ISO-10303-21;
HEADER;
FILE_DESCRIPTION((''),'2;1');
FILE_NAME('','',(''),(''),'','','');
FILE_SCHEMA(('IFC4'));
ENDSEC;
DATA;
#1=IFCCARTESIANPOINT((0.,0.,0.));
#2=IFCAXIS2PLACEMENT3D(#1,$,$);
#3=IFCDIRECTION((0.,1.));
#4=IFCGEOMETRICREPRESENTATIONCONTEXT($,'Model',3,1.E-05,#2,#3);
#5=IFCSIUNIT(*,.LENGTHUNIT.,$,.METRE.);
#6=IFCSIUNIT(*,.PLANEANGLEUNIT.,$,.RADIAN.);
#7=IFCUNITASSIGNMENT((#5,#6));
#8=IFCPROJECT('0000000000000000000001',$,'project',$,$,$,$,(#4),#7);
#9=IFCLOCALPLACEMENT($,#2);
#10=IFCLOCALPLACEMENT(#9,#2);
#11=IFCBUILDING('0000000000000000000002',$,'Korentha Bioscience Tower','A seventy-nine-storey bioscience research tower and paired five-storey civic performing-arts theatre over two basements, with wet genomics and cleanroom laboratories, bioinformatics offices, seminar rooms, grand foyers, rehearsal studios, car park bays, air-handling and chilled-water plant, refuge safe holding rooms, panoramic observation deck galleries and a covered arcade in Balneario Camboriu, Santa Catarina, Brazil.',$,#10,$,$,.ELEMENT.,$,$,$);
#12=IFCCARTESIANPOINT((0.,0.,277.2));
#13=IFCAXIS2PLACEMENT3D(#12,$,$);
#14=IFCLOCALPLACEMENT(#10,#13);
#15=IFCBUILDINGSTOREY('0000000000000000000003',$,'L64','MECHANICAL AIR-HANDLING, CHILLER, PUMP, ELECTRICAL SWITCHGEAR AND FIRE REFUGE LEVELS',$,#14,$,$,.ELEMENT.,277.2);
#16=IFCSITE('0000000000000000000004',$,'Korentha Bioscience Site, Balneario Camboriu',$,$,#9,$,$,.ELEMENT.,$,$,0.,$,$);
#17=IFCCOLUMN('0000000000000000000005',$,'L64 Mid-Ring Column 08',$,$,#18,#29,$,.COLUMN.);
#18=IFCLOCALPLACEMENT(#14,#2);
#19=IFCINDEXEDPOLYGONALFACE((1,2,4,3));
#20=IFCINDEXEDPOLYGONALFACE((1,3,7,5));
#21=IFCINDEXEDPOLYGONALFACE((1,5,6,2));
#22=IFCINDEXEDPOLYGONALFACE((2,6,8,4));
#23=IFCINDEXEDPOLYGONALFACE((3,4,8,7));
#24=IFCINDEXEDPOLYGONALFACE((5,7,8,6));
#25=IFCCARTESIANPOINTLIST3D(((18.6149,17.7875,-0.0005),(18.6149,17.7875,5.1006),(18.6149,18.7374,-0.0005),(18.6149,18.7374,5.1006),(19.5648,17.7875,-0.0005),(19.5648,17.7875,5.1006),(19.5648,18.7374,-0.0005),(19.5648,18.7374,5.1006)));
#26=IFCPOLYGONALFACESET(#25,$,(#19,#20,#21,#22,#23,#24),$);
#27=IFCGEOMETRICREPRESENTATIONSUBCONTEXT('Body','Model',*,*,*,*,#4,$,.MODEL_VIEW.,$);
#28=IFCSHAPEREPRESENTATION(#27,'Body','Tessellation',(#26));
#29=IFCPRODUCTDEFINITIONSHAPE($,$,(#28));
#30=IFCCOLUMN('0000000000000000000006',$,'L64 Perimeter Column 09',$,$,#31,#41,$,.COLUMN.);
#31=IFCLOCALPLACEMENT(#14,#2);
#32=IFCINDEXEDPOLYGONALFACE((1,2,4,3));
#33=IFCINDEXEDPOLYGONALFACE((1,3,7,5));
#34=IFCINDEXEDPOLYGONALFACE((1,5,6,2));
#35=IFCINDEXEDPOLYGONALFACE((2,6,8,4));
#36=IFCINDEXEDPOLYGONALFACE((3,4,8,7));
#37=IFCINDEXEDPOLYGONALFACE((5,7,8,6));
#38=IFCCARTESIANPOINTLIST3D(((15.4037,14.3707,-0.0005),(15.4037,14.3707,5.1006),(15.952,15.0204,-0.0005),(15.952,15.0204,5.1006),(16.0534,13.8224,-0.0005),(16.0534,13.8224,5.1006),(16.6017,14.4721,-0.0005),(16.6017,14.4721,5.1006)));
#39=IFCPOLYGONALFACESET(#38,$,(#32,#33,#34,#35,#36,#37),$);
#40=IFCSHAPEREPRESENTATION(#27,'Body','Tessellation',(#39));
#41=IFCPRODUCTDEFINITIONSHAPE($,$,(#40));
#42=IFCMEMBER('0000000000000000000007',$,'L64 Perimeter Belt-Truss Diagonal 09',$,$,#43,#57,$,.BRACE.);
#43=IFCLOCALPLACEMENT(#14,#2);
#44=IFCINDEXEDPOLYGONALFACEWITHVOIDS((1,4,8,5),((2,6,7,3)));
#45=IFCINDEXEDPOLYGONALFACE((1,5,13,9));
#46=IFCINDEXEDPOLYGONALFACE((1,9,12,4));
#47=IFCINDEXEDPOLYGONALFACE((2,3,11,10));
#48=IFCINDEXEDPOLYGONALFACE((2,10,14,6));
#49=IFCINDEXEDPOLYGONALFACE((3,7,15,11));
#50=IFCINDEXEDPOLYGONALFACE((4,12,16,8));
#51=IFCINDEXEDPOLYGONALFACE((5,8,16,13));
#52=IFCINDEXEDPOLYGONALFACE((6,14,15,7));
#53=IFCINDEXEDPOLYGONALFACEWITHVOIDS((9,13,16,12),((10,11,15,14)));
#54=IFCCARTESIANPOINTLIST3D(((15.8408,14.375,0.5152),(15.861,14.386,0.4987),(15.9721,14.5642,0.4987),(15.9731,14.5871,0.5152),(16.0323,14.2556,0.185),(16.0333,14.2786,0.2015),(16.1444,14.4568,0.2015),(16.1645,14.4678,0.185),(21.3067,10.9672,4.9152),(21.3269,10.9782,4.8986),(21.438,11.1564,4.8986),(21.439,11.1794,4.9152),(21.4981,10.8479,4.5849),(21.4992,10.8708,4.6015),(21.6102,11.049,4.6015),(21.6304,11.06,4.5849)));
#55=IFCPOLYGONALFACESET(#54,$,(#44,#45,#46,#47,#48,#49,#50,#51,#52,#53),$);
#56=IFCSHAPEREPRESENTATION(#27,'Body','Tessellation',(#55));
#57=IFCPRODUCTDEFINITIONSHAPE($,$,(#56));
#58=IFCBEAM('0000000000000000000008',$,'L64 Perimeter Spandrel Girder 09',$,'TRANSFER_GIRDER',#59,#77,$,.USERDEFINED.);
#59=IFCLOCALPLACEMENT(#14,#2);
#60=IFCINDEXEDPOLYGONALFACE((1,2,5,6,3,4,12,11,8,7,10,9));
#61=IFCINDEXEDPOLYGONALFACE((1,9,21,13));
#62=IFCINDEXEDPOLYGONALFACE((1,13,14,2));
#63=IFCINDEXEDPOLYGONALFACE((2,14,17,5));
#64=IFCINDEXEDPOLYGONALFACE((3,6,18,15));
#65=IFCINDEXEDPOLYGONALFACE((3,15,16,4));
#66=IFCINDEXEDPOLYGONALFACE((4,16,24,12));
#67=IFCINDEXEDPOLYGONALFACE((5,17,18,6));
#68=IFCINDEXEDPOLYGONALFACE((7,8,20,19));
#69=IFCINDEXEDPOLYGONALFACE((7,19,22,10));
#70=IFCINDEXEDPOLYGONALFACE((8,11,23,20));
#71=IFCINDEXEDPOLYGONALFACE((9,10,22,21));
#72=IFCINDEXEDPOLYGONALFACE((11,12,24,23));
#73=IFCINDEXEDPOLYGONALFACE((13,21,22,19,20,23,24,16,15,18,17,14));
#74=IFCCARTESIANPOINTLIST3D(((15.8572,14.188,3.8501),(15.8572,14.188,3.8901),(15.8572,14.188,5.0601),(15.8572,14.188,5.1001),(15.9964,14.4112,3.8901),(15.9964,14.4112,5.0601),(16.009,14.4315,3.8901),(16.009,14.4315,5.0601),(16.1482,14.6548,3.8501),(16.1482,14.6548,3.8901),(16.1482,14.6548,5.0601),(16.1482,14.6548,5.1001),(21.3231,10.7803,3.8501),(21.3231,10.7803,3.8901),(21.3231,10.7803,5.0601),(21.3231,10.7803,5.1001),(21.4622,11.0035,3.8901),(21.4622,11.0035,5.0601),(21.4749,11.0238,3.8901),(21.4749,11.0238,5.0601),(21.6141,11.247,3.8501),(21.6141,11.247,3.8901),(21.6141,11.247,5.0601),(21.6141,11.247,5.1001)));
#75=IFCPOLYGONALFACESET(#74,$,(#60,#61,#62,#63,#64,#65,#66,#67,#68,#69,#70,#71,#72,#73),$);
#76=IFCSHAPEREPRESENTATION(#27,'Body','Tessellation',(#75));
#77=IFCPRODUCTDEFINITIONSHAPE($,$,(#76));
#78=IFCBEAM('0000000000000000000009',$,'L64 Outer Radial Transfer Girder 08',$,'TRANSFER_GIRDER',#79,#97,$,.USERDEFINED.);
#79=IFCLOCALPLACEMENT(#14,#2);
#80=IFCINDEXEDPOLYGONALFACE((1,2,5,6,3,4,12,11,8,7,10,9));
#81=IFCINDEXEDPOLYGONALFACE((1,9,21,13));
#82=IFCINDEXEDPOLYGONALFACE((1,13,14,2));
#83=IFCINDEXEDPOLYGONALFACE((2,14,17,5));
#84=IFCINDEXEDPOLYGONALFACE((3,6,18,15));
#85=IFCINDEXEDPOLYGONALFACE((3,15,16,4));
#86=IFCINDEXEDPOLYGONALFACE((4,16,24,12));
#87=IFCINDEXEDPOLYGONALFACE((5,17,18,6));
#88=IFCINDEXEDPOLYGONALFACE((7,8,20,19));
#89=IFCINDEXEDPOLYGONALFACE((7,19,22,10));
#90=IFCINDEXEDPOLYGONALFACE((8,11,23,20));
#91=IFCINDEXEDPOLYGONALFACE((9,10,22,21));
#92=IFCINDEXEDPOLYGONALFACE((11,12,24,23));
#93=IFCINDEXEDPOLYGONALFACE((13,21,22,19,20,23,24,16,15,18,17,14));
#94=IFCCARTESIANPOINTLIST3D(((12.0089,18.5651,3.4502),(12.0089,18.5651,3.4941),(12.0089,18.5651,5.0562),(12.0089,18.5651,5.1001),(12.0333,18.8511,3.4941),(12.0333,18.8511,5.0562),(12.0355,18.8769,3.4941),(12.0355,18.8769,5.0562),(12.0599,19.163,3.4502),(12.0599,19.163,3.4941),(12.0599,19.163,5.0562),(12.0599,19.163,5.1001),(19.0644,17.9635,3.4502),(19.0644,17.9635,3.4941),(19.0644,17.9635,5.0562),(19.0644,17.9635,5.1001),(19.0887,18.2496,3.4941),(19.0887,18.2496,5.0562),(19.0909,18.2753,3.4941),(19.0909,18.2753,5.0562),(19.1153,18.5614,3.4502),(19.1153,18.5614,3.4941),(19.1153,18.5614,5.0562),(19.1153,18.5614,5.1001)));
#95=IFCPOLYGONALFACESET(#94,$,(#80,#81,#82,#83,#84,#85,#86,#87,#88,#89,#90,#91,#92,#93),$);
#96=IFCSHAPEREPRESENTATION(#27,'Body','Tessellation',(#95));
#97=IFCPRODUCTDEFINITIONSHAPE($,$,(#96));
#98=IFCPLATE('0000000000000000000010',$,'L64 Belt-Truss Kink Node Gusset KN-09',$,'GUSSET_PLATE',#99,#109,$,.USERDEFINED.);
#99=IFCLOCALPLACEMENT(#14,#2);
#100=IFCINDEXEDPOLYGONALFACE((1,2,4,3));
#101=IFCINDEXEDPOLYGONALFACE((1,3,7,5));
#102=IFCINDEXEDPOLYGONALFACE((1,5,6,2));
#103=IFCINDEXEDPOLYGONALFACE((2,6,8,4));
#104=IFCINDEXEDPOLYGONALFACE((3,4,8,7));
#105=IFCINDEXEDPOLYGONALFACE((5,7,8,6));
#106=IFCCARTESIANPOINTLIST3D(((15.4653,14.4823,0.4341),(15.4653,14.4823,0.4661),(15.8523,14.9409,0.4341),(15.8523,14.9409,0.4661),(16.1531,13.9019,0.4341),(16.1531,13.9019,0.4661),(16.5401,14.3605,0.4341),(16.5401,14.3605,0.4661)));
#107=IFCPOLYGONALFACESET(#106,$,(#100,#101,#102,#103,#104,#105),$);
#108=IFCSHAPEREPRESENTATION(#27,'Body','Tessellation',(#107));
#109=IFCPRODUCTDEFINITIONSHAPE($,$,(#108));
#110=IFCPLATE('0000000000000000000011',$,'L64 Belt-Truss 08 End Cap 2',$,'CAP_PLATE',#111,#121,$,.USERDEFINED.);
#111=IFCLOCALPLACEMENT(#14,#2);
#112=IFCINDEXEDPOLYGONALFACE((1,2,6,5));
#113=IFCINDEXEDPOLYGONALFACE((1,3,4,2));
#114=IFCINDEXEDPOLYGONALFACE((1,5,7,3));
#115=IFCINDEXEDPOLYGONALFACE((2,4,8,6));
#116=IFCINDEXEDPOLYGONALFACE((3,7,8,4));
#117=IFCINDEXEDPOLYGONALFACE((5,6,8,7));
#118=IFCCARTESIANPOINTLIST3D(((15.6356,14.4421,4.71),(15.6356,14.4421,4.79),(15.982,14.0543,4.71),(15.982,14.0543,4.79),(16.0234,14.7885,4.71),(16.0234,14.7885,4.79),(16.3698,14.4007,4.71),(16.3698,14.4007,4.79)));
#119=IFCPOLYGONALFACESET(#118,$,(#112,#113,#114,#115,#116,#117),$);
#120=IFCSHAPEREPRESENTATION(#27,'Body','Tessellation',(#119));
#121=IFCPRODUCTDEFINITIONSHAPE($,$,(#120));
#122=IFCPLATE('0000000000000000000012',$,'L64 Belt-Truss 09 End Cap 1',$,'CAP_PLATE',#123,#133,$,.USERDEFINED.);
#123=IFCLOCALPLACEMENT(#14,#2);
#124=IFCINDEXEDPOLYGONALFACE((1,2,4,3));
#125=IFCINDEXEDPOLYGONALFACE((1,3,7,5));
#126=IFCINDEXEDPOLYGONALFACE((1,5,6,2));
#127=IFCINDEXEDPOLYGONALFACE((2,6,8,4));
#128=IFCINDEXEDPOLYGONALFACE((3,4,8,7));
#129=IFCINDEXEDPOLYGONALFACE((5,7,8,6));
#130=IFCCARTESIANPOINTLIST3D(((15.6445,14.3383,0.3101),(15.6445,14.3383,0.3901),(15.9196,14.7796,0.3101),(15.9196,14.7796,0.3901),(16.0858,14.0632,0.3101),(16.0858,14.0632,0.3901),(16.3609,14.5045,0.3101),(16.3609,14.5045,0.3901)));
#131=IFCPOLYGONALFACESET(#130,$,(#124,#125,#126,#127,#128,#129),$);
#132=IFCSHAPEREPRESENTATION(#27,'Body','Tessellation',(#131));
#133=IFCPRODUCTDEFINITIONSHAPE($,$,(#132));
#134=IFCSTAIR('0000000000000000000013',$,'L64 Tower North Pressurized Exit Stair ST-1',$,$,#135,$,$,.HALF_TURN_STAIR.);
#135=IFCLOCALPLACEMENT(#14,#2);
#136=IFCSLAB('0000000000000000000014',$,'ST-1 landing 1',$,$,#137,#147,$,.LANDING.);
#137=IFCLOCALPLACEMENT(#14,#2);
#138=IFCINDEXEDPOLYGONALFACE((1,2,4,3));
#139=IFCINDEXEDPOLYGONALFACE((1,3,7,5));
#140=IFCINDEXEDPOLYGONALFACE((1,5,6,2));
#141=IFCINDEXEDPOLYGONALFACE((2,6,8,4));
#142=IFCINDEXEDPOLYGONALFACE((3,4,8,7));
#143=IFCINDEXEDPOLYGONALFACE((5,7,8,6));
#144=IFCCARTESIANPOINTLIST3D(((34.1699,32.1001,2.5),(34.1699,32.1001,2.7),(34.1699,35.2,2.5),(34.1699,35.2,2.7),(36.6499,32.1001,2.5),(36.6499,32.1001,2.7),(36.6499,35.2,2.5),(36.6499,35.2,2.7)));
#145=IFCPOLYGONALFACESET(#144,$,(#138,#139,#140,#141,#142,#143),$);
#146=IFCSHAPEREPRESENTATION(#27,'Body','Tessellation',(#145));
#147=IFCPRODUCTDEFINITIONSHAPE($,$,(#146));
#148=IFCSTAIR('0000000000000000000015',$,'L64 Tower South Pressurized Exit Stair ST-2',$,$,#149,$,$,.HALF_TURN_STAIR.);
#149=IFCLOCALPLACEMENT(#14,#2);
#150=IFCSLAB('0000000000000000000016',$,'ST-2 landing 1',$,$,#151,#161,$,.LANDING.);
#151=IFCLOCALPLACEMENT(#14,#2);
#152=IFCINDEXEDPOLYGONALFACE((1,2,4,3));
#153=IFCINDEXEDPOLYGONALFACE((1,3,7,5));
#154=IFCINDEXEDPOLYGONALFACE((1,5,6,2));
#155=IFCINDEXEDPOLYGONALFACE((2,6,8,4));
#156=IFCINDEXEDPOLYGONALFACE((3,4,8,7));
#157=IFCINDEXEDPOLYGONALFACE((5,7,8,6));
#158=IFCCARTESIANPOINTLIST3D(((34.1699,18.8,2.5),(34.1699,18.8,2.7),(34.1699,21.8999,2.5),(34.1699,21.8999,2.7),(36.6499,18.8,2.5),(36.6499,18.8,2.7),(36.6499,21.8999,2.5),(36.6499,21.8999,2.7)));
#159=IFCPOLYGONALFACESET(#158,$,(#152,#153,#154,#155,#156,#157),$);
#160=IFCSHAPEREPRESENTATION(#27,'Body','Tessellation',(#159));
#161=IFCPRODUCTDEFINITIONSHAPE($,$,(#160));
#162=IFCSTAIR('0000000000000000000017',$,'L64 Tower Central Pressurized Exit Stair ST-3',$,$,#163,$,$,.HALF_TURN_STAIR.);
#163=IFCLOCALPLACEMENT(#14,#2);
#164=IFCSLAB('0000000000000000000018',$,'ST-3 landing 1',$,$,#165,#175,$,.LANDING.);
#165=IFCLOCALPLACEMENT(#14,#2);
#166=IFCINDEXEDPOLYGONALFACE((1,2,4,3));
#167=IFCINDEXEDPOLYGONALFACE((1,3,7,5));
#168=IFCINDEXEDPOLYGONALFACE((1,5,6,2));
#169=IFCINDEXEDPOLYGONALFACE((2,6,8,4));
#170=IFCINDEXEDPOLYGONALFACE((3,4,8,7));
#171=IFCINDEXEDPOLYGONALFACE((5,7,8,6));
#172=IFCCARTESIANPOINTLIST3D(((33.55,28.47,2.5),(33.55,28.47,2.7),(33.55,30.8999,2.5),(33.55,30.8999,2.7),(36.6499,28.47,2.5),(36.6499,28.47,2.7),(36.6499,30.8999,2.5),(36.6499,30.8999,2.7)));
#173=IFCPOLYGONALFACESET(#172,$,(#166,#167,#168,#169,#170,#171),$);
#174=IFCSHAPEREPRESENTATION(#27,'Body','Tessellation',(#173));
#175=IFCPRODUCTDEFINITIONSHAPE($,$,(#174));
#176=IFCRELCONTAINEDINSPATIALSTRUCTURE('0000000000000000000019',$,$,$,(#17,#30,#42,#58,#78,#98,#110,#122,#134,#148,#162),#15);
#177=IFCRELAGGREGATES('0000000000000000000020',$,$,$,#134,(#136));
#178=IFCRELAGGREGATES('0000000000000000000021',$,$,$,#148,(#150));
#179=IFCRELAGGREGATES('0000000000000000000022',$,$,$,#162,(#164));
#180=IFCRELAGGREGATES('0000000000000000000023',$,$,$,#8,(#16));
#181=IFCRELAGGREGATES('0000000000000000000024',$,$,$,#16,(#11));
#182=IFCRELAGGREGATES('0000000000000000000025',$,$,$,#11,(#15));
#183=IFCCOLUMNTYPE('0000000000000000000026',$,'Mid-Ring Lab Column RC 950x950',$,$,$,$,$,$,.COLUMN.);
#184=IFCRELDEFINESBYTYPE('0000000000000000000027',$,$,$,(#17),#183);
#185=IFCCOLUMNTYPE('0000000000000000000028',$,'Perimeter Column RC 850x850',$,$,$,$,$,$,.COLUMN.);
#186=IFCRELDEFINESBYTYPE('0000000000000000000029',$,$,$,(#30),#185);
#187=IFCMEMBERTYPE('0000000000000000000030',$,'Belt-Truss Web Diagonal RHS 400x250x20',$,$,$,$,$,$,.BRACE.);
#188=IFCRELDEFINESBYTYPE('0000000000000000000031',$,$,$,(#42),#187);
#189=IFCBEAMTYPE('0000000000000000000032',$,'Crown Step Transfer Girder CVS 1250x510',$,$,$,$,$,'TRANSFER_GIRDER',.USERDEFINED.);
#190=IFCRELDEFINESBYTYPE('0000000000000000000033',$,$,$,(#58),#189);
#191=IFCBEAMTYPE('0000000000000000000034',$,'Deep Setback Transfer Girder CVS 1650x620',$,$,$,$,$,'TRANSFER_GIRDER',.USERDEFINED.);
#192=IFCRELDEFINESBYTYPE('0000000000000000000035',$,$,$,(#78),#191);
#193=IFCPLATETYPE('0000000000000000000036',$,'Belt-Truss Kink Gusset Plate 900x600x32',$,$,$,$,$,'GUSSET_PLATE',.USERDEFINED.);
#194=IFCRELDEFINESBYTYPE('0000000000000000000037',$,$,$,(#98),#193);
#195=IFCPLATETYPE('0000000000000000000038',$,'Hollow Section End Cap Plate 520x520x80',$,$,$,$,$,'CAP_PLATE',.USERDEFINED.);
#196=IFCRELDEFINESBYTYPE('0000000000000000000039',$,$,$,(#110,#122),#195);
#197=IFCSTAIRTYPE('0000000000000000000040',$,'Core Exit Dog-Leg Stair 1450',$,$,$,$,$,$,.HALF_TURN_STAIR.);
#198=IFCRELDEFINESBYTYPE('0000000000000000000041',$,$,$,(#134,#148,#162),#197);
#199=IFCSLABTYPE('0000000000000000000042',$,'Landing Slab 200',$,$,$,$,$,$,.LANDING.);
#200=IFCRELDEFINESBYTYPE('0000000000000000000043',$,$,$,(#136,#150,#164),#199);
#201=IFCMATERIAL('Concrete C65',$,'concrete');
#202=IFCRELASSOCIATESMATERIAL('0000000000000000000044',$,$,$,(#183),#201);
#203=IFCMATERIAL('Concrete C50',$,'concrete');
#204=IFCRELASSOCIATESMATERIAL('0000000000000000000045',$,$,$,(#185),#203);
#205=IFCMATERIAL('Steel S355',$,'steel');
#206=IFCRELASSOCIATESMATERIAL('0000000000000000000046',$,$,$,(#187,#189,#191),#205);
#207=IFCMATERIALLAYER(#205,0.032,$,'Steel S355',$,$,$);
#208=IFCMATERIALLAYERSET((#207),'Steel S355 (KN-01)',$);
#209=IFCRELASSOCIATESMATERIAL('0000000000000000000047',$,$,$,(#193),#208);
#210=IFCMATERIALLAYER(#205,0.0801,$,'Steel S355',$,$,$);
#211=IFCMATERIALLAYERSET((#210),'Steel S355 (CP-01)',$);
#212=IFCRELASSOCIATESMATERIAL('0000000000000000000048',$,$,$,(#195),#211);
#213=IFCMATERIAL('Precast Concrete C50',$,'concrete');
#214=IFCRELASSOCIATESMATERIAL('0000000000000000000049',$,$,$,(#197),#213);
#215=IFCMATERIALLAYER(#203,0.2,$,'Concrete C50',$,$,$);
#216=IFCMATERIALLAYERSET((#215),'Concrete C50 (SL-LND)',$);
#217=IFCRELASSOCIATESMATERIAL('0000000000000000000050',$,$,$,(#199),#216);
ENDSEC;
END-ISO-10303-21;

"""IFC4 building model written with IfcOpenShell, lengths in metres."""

from ifc_helpers import new_model, si_unit, direction, frame, origin, origin_2d, place, context, subcontext, project, spatial, polyline, rectangle, hollow_rectangle, i_section, outline, extrude, material, layer, layer_set, material_profile, profile_set, type_object, element, aggregate, save


model = new_model("IFC4")

# Units and contexts
model_context = context("Model", 3, precision=1e-05, world=origin(), true_north=direction((0.0, 1.0)))
body_context = subcontext(model_context, "Body", "Model", "MODEL_VIEW")
ifc_project = project(units=[si_unit("LENGTHUNIT", "METRE"), si_unit("PLANEANGLEUNIT", "RADIAN")], contexts=[model_context])

# Site, building, storey
site_placement = place(None, origin())
site = spatial("IfcSite", under=ifc_project, at=site_placement, Name="Korentha Bioscience Site, Balneario Camboriu", CompositionType="ELEMENT", RefElevation=0.0)
building_placement = place(site_placement, origin())
building = spatial("IfcBuilding", under=site, at=building_placement, Name="Korentha Bioscience Tower", Description="A seventy-nine-storey bioscience research tower and paired five-storey civic performing-arts theatre over two basements, with wet genomics and cleanroom laboratories, bioinformatics offices, seminar rooms, grand foyers, rehearsal studios, car park bays, air-handling and chilled-water plant, refuge safe holding rooms, panoramic observation deck galleries and a covered arcade in Balneario Camboriu, Santa Catarina, Brazil.", CompositionType="ELEMENT")
storey_placement = place(building_placement, frame((0.0, 0.0, 277.2)))
storey = spatial("IfcBuildingStorey", under=building, at=storey_placement, Name="L64", Description="MECHANICAL AIR-HANDLING, CHILLER, PUMP, ELECTRICAL SWITCHGEAR AND FIRE REFUGE LEVELS", CompositionType="ELEMENT", Elevation=277.2)

# Columns
ifc_material_1 = material(Name="Concrete C65", Category="concrete")
ifc_material_profile_1 = material_profile(ifc_material_1, rectangle(XDim=0.95, YDim=0.95, at=origin_2d()), Name="Concrete C65")
ifc_profile_set_1 = profile_set([ifc_material_profile_1], Name="Concrete C65 (COL-MR09)")
column_type_1 = type_object("IfcColumnType", Name="Mid-Ring Lab Column RC 950x950", PredefinedType="COLUMN", material=ifc_profile_set_1)
column_1_placement = place(storey_placement, frame((19.0898, 18.2625, -0.0005), z_axis=(0.0, 0.0, 1.0), x_axis=(1.0, 0.0, 0.0)))
element("IfcColumn", 1, at=column_1_placement, inside=storey, type_object=column_type_1, Name="L64 Mid-Ring Column 08", PredefinedType="COLUMN", context=body_context, shape_type="SweptSolid", body=[
    extrude(rectangle(XDim=0.95, YDim=0.95, at=origin_2d()), origin(), (0.0, 0.0, 1.0), 5.1011),
])
ifc_material_2 = material(Name="Concrete C50", Category="concrete")
ifc_material_profile_2 = material_profile(ifc_material_2, rectangle(XDim=0.8501, YDim=0.8501, at=origin_2d()), Name="Concrete C50")
ifc_profile_set_2 = profile_set([ifc_material_profile_2], Name="Concrete C50 (COL-P08)")
column_type_2 = type_object("IfcColumnType", Name="Perimeter Column RC 850x850", PredefinedType="COLUMN", material=ifc_profile_set_2)
column_2_placement = place(storey_placement, frame((16.0027, 14.4214, -0.0005), z_axis=(0.0, 0.0, 1.0), x_axis=(-0.764246, 0.644924, 0.0)))
element("IfcColumn", 2, at=column_2_placement, inside=storey, type_object=column_type_2, Name="L64 Perimeter Column 09", PredefinedType="COLUMN", context=body_context, shape_type="SweptSolid", body=[
    extrude(rectangle(XDim=0.8501, YDim=0.8501, at=origin_2d()), origin(), (0.0, 0.0, 1.0), 5.1011),
])

# Member
ifc_material_3 = material(Name="Steel S355", Category="steel")
ifc_material_profile_3 = material_profile(ifc_material_3, hollow_rectangle(XDim=0.25, YDim=0.3999, WallThickness=0.02, at=origin_2d()), Name="Steel S355")
ifc_profile_set_3 = profile_set([ifc_material_profile_3], Name="Steel S355 (BT-D400)")
member_type = type_object("IfcMemberType", Name="Belt-Truss Web Diagonal RHS 400x250x20", PredefinedType="BRACE", material=ifc_profile_set_3)
member_placement = place(storey_placement, frame((16.0027, 14.4214, 0.3501), z_axis=(0.700707, -0.436862, 0.564058), x_axis=(0.529058, 0.848586, 0.0)))
element("IfcMember", 3, at=member_placement, inside=storey, type_object=member_type, Name="L64 Perimeter Belt-Truss Diagonal 09", PredefinedType="BRACE", context=body_context, shape_type="SweptSolid", body=[
    extrude(hollow_rectangle(XDim=0.25, YDim=0.3999, WallThickness=0.02, at=origin_2d()), origin(), (0.0, 0.0, 1.0), 7.8005),
])

# Beams
ifc_material_profile_4 = material_profile(ifc_material_3, i_section(OverallWidth=0.55, OverallDepth=1.25, WebThickness=0.0239, FlangeThickness=0.04, at=origin_2d()), Name="Steel S355")
ifc_profile_set_4 = profile_set([ifc_material_profile_4], Name="Steel S355 (TG-03)")
beam_type_1 = type_object("IfcBeamType", Name="Crown Step Transfer Girder CVS 1250x510", ElementType="TRANSFER_GIRDER", PredefinedType="USERDEFINED", material=ifc_profile_set_4)
beam_1_placement = place(storey_placement, frame((16.0027, 14.4214, 4.4751), z_axis=(0.848586, -0.529058, 0.0), x_axis=(0.529058, 0.848586, 0.0)))
element("IfcBeam", 4, at=beam_1_placement, inside=storey, type_object=beam_type_1, Name="L64 Perimeter Spandrel Girder 09", ObjectType="TRANSFER_GIRDER", PredefinedType="USERDEFINED", context=body_context, shape_type="SweptSolid", body=[
    extrude(i_section(OverallWidth=0.55, OverallDepth=1.25, WebThickness=0.0239, FlangeThickness=0.04, at=origin_2d()), origin(), (0.0, 0.0, 1.0), 6.4412),
])
ifc_material_profile_5 = material_profile(ifc_material_3, i_section(OverallWidth=0.6001, OverallDepth=1.6499, WebThickness=0.0259, FlangeThickness=0.0439, at=origin_2d()), Name="Steel S355")
ifc_profile_set_5 = profile_set([ifc_material_profile_5], Name="Steel S355 (TG-04)")
beam_type_2 = type_object("IfcBeamType", Name="Deep Setback Transfer Girder CVS 1650x620", ElementType="TRANSFER_GIRDER", PredefinedType="USERDEFINED", material=ifc_profile_set_5)
beam_2_placement = place(storey_placement, frame((19.0898, 18.2625, 4.2751), z_axis=(-0.996385, 0.084954, 0.0), x_axis=(-0.084954, -0.996385, 0.0)))
element("IfcBeam", 5, at=beam_2_placement, inside=storey, type_object=beam_type_2, Name="L64 Outer Radial Transfer Girder 08", ObjectType="TRANSFER_GIRDER", PredefinedType="USERDEFINED", context=body_context, shape_type="SweptSolid", body=[
    extrude(i_section(OverallWidth=0.6001, OverallDepth=1.6499, WebThickness=0.0259, FlangeThickness=0.0439, at=origin_2d()), origin(), (0.0, 0.0, 1.0), 7.0811),
])

# Plates
ifc_layer_1 = layer(ifc_material_3, 0.032, Name="Steel S355")
ifc_layer_set_1 = layer_set([ifc_layer_1], Name="Steel S355 (KN-01)")
plate_type_1 = type_object("IfcPlateType", Name="Belt-Truss Kink Gusset Plate 900x600x32", ElementType="GUSSET_PLATE", PredefinedType="USERDEFINED", material=ifc_layer_set_1)
plate_placement = place(storey_placement, frame((16.0027, 14.4214, 0.4341), z_axis=(0.0, 0.0, 1.0), x_axis=(-0.764246, 0.644924, 0.0)))
element("IfcPlate", 6, at=plate_placement, inside=storey, type_object=plate_type_1, Name="L64 Belt-Truss Kink Node Gusset KN-09", ObjectType="GUSSET_PLATE", PredefinedType="USERDEFINED", context=body_context, shape_type="SweptSolid", body=[
    extrude(rectangle(XDim=0.8999, YDim=0.6001, at=origin_2d()), origin(), (0.0, 0.0, 1.0), 0.032),
])
ifc_layer_2 = layer(ifc_material_3, 0.0801, Name="Steel S355")
ifc_layer_set_2 = layer_set([ifc_layer_2], Name="Steel S355 (CP-01)")
plate_type_2 = type_object("IfcPlateType", Name="Hollow Section End Cap Plate 520x520x80", ElementType="CAP_PLATE", PredefinedType="USERDEFINED", material=ifc_layer_set_2)
for number, where, z_axis, x_axis, name in (
    (7, (16.0027, 14.4214, 4.71), (0.0, 0.0, 1.0), (-0.666142, 0.745825, 0.0), "L64 Belt-Truss 08 End Cap 2"),
    (8, (16.0027, 14.4214, 0.3101), (0.0, 0.0, 1.0), (-0.848603, 0.529031, 0.0), "L64 Belt-Truss 09 End Cap 1"),
):
    element("IfcPlate", number, at=place(storey_placement, frame(where, z_axis=z_axis, x_axis=x_axis)), inside=storey, type_object=plate_type_2, Name=name, ObjectType="CAP_PLATE", PredefinedType="USERDEFINED", context=body_context, shape_type="SweptSolid", body=[
        extrude(rectangle(XDim=0.52, YDim=0.52, at=origin_2d()), origin(), (0.0, 0.0, 1.0), 0.0801),
    ])

# Stairs, slabs
ifc_material_4 = material(Name="Precast Concrete C50", Category="concrete")
stair_type = type_object("IfcStairType", Name="Core Exit Dog-Leg Stair 1450", PredefinedType="HALF_TURN_STAIR", material=ifc_material_4)
stair_1_placement = place(storey_placement, origin())
stair_1 = element("IfcStair", 9, at=stair_1_placement, inside=storey, type_object=stair_type, Name="L64 Tower North Pressurized Exit Stair ST-1", PredefinedType="HALF_TURN_STAIR")
ifc_layer_3 = layer(ifc_material_2, 0.2, Name="Concrete C50")
ifc_layer_set_3 = layer_set([ifc_layer_3], Name="Concrete C50 (SL-LND)")
slab_type_1 = type_object("IfcSlabType", Name="Landing Slab 200", PredefinedType="LANDING", material=ifc_layer_set_3)
slab_1_placement = place(storey_placement, frame((0.0, 0.0, 2.5)))
slab_1 = element("IfcSlab", 10, at=slab_1_placement, type_object=slab_type_1, Name="ST-1 landing 1", PredefinedType="LANDING", context=body_context, shape_type="SweptSolid", body=[
    extrude(outline(polyline([(34.1699, 32.1001), (36.6499, 32.1001), (36.6499, 35.2), (34.1699, 35.2), (34.1699, 32.1001)])), origin(), (0.0, 0.0, 1.0), 0.2),
])
aggregate(stair_1, [slab_1])
stair_2_placement = place(storey_placement, origin())
stair_2 = element("IfcStair", 11, at=stair_2_placement, inside=storey, type_object=stair_type, Name="L64 Tower South Pressurized Exit Stair ST-2", PredefinedType="HALF_TURN_STAIR")
slab_2_placement = place(storey_placement, frame((0.0, 0.0, 2.5)))
slab_2 = element("IfcSlab", 12, at=slab_2_placement, type_object=slab_type_1, Name="ST-2 landing 1", PredefinedType="LANDING", context=body_context, shape_type="SweptSolid", body=[
    extrude(outline(polyline([(34.1699, 18.8), (36.6499, 18.8), (36.6499, 21.8999), (34.1699, 21.8999), (34.1699, 18.8)])), origin(), (0.0, 0.0, 1.0), 0.2),
])
aggregate(stair_2, [slab_2])
stair_3_placement = place(storey_placement, origin())
stair_3 = element("IfcStair", 13, at=stair_3_placement, inside=storey, type_object=stair_type, Name="L64 Tower Central Pressurized Exit Stair ST-3", PredefinedType="HALF_TURN_STAIR")
slab_3_placement = place(storey_placement, frame((0.0, 0.0, 2.5)))
slab_3 = element("IfcSlab", 14, at=slab_3_placement, type_object=slab_type_1, Name="ST-3 landing 1", PredefinedType="LANDING", context=body_context, shape_type="SweptSolid", body=[
    extrude(outline(polyline([(36.6499, 28.47), (36.6499, 30.8999), (33.55, 30.8999), (33.55, 28.47), (36.6499, 28.47)])), origin(), (0.0, 0.0, 1.0), 0.2),
])
aggregate(stair_3, [slab_3])

save(model, "model.ifc")
